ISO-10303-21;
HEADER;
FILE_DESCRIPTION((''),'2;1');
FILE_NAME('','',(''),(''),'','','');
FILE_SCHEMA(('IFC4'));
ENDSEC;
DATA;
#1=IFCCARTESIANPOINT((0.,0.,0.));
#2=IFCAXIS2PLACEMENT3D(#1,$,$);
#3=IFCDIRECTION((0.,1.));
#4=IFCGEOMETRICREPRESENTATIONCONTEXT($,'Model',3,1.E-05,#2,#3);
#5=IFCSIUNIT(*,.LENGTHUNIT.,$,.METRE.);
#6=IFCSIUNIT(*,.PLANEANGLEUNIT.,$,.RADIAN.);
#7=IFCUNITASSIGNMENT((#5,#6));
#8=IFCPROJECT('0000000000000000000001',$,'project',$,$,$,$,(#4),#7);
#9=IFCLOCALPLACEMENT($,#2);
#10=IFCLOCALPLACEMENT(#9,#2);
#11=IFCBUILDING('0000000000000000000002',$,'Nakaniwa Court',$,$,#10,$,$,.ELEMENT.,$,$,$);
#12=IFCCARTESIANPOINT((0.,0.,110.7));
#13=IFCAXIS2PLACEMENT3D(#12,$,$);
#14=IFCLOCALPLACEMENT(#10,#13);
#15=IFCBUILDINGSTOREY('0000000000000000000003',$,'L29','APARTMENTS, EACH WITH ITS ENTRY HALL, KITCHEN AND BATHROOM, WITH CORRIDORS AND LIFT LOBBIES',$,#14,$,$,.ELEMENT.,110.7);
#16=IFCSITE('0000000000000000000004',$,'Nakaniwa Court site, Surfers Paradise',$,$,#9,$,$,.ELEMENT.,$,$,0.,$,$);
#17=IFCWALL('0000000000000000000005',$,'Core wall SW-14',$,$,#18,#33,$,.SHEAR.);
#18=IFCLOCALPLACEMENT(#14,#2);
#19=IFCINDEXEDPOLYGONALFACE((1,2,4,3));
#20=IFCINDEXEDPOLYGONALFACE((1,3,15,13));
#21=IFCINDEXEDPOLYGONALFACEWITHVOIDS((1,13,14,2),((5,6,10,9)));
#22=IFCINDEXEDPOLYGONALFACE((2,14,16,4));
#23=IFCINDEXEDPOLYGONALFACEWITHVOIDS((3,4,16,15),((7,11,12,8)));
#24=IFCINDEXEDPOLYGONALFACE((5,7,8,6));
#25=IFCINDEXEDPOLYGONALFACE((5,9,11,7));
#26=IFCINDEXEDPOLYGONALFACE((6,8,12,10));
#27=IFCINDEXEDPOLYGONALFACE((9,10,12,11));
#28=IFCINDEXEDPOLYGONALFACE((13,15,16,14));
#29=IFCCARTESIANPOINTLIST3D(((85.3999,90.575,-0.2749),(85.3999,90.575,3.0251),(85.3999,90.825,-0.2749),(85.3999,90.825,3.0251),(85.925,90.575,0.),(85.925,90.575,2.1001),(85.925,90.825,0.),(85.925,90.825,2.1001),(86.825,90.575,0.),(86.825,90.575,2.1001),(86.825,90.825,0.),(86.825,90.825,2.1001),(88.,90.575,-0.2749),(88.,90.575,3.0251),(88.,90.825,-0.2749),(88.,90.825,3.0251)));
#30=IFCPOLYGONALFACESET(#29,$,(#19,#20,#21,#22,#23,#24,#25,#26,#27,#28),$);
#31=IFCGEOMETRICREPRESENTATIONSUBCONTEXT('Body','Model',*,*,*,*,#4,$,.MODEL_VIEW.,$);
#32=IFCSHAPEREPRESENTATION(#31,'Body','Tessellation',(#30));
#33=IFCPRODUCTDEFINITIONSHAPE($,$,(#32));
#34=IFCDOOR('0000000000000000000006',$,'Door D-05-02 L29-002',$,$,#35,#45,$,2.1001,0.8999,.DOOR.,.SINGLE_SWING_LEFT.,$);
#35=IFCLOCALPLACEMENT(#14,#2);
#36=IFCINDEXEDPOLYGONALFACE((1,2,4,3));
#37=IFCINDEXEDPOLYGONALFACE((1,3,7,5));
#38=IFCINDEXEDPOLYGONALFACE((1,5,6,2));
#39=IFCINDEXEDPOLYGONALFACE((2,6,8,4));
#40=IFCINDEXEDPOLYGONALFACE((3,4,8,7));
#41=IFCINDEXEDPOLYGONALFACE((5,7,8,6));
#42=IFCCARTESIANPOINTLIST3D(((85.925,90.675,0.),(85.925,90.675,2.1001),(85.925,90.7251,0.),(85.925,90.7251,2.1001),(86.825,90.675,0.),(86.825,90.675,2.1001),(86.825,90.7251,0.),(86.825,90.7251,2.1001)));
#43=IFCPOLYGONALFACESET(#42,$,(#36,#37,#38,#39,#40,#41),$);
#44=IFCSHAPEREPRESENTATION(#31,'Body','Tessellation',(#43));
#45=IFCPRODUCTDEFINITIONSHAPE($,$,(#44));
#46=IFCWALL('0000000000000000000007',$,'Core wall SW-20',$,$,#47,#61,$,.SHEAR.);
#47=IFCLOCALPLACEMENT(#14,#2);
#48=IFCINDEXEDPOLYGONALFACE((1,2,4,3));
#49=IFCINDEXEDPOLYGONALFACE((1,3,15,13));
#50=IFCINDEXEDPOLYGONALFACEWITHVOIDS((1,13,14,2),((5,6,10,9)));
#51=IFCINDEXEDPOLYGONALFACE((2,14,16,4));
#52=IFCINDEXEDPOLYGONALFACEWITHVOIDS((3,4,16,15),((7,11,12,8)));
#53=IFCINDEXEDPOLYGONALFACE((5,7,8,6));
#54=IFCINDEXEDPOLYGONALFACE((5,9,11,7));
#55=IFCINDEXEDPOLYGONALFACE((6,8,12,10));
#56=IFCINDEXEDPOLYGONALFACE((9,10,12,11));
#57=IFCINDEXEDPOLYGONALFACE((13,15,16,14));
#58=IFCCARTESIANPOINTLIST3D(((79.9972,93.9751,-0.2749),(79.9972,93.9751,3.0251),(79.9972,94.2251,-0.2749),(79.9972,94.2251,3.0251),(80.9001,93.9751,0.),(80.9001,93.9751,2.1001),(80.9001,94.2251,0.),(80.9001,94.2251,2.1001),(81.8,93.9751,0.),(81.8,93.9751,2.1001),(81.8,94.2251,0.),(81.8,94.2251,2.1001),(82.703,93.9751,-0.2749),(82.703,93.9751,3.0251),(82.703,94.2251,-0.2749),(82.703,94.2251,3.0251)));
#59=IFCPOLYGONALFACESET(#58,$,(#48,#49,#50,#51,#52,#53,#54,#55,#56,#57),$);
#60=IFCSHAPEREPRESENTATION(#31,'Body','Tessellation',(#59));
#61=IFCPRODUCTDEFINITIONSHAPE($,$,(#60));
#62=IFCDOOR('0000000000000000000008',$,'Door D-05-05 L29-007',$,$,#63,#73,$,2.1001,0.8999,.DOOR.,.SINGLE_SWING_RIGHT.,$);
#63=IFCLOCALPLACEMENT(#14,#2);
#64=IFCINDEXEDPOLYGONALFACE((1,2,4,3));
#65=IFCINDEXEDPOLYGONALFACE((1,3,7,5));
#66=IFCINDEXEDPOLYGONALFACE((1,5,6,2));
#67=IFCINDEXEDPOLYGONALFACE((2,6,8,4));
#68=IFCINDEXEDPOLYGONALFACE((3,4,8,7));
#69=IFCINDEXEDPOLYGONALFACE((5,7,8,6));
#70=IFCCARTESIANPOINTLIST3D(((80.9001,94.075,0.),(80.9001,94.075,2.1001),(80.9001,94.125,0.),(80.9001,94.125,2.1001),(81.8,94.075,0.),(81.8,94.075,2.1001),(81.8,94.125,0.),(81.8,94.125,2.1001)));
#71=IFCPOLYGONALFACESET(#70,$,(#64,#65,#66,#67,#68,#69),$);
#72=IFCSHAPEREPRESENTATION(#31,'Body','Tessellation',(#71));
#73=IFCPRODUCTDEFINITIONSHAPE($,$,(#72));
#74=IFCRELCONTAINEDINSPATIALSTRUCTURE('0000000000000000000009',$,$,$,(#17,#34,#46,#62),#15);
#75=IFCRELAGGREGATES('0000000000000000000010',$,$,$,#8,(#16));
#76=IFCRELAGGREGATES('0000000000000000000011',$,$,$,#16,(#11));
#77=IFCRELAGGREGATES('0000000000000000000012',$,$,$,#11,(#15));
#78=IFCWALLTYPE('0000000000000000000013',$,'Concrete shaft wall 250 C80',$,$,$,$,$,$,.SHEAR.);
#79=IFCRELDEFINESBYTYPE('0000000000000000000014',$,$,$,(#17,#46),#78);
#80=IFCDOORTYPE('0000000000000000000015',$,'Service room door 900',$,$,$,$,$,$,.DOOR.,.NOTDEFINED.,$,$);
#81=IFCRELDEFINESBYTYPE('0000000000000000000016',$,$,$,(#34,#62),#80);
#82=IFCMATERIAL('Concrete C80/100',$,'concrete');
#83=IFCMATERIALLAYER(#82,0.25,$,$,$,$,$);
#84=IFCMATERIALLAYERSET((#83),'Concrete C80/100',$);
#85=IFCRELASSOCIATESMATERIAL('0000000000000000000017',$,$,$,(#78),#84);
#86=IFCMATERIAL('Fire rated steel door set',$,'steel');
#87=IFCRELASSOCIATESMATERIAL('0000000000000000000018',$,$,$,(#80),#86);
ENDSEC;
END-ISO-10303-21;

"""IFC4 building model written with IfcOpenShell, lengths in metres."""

from ifc_helpers import new_model, si_unit, direction, frame, frame_2d, origin, place, context, subcontext, project, spatial, rectangle, extrude, material, layer, layer_set, type_object, element, fill, save


model = new_model("IFC4")

# Units and contexts
model_context = context("Model", 3, precision=1e-05, world=origin(), true_north=direction((0.0, 1.0)))
body_context = subcontext(model_context, "Body", "Model", "MODEL_VIEW")
ifc_project = project(units=[si_unit("LENGTHUNIT", "METRE"), si_unit("PLANEANGLEUNIT", "RADIAN")], contexts=[model_context])

# Site, building, storey
site_placement = place(None, origin())
site = spatial("IfcSite", under=ifc_project, at=site_placement, Name="Nakaniwa Court site, Surfers Paradise", CompositionType="ELEMENT", RefElevation=0.0)
building_placement = place(site_placement, origin())
building = spatial("IfcBuilding", under=site, at=building_placement, Name="Nakaniwa Court", CompositionType="ELEMENT")
storey_placement = place(building_placement, frame((0.0, 0.0, 110.7)))
storey = spatial("IfcBuildingStorey", under=building, at=storey_placement, Name="L29", Description="APARTMENTS, EACH WITH ITS ENTRY HALL, KITCHEN AND BATHROOM, WITH CORRIDORS AND LIFT LOBBIES", CompositionType="ELEMENT", Elevation=110.7)

# Shared definitions
ifc_material_1 = material(Name="Concrete C80/100", Category="concrete")

# Shared definitions
ifc_layer_1 = layer(ifc_material_1, 0.25)
ifc_layer_set_1 = layer_set([ifc_layer_1], Name="Concrete C80/100")
wall_type_1 = type_object("IfcWallType", Name="Concrete shaft wall 250 C80", PredefinedType="SHEAR", material=ifc_layer_set_1)

# Walls, openings, doors
wall_1_placement = place(storey_placement, frame((88.0, 90.7, -0.2749), z_axis=(0.0, 0.0, 1.0), x_axis=(-1.0, 0.0, 0.0)))
wall_1 = element("IfcWall", 1, at=wall_1_placement, inside=storey, type_object=wall_type_1, Name="Core wall SW-14", PredefinedType="SHEAR", context=body_context, shape_type="SweptSolid", body=[
    extrude(rectangle(XDim=2.6001, YDim=0.25, at=frame_2d((1.3, 0.0))), origin(), (0.0, 0.0, 1.0), 3.3),
])
opening_1_placement = place(wall_1_placement, frame((1.175, 0.0, 0.2749)))
opening_1 = element("IfcOpeningElement", 2, at=opening_1_placement, cuts=wall_1, PredefinedType="OPENING", context=body_context, shape_type="SweptSolid", body=[
    extrude(rectangle(XDim=0.8999, YDim=2.1001, at=frame_2d((0.45, 1.05))), frame((0.0, 0.135, 0.0), z_axis=(0.0, -1.0, 0.0), x_axis=(1.0, 0.0, 0.0)), (0.0, 0.0, 1.0), 0.27),
])
ifc_material_2 = material(Name="Fire rated steel door set", Category="steel")
door_type_1 = type_object("IfcDoorType", Name="Service room door 900", OperationType="NOTDEFINED", PredefinedType="DOOR", material=ifc_material_2)
door_1_placement = place(opening_1_placement, origin())
door_1 = element("IfcDoor", 3, at=door_1_placement, inside=storey, type_object=door_type_1, Name="Door D-05-02 L29-002", OperationType="SINGLE_SWING_LEFT", OverallHeight=2.1001, OverallWidth=0.8999, PredefinedType="DOOR", context=body_context, shape_type="SweptSolid", body=[
    extrude(rectangle(XDim=0.8999, YDim=2.1001, at=frame_2d((0.45, 1.05))), frame((0.0, 0.0249, 0.0), z_axis=(0.0, -1.0, 0.0), x_axis=(1.0, 0.0, 0.0)), (0.0, 0.0, 1.0), 0.05),
])
fill(opening_1, door_1)
wall_2_placement = place(storey_placement, frame((79.9971, 94.1001, -0.2749), z_axis=(0.0, 0.0, 1.0), x_axis=(1.0, 0.0, 0.0)))
wall_2 = element("IfcWall", 4, at=wall_2_placement, inside=storey, type_object=wall_type_1, Name="Core wall SW-20", PredefinedType="SHEAR", context=body_context, shape_type="SweptSolid", body=[
    extrude(rectangle(XDim=2.7058, YDim=0.25, at=frame_2d((1.353, 0.0))), origin(), (0.0, 0.0, 1.0), 3.3),
])
opening_2_placement = place(wall_2_placement, frame((0.9031, 0.0, 0.2749)))
opening_2 = element("IfcOpeningElement", 5, at=opening_2_placement, cuts=wall_2, PredefinedType="OPENING", context=body_context, shape_type="SweptSolid", body=[
    extrude(rectangle(XDim=0.8999, YDim=2.1001, at=frame_2d((0.45, 1.05))), frame((0.0, 0.135, 0.0), z_axis=(0.0, -1.0, 0.0), x_axis=(1.0, 0.0, 0.0)), (0.0, 0.0, 1.0), 0.27),
])
door_2_placement = place(opening_2_placement, origin())
door_2 = element("IfcDoor", 6, at=door_2_placement, inside=storey, type_object=door_type_1, Name="Door D-05-05 L29-007", OperationType="SINGLE_SWING_RIGHT", OverallHeight=2.1001, OverallWidth=0.8999, PredefinedType="DOOR", context=body_context, shape_type="SweptSolid", body=[
    extrude(rectangle(XDim=0.8999, YDim=2.1001, at=frame_2d((0.45, 1.05))), frame((0.0, 0.0249, 0.0), z_axis=(0.0, -1.0, 0.0), x_axis=(1.0, 0.0, 0.0)), (0.0, 0.0, 1.0), 0.05),
])
fill(opening_2, door_2)

save(model, "model.ifc")
